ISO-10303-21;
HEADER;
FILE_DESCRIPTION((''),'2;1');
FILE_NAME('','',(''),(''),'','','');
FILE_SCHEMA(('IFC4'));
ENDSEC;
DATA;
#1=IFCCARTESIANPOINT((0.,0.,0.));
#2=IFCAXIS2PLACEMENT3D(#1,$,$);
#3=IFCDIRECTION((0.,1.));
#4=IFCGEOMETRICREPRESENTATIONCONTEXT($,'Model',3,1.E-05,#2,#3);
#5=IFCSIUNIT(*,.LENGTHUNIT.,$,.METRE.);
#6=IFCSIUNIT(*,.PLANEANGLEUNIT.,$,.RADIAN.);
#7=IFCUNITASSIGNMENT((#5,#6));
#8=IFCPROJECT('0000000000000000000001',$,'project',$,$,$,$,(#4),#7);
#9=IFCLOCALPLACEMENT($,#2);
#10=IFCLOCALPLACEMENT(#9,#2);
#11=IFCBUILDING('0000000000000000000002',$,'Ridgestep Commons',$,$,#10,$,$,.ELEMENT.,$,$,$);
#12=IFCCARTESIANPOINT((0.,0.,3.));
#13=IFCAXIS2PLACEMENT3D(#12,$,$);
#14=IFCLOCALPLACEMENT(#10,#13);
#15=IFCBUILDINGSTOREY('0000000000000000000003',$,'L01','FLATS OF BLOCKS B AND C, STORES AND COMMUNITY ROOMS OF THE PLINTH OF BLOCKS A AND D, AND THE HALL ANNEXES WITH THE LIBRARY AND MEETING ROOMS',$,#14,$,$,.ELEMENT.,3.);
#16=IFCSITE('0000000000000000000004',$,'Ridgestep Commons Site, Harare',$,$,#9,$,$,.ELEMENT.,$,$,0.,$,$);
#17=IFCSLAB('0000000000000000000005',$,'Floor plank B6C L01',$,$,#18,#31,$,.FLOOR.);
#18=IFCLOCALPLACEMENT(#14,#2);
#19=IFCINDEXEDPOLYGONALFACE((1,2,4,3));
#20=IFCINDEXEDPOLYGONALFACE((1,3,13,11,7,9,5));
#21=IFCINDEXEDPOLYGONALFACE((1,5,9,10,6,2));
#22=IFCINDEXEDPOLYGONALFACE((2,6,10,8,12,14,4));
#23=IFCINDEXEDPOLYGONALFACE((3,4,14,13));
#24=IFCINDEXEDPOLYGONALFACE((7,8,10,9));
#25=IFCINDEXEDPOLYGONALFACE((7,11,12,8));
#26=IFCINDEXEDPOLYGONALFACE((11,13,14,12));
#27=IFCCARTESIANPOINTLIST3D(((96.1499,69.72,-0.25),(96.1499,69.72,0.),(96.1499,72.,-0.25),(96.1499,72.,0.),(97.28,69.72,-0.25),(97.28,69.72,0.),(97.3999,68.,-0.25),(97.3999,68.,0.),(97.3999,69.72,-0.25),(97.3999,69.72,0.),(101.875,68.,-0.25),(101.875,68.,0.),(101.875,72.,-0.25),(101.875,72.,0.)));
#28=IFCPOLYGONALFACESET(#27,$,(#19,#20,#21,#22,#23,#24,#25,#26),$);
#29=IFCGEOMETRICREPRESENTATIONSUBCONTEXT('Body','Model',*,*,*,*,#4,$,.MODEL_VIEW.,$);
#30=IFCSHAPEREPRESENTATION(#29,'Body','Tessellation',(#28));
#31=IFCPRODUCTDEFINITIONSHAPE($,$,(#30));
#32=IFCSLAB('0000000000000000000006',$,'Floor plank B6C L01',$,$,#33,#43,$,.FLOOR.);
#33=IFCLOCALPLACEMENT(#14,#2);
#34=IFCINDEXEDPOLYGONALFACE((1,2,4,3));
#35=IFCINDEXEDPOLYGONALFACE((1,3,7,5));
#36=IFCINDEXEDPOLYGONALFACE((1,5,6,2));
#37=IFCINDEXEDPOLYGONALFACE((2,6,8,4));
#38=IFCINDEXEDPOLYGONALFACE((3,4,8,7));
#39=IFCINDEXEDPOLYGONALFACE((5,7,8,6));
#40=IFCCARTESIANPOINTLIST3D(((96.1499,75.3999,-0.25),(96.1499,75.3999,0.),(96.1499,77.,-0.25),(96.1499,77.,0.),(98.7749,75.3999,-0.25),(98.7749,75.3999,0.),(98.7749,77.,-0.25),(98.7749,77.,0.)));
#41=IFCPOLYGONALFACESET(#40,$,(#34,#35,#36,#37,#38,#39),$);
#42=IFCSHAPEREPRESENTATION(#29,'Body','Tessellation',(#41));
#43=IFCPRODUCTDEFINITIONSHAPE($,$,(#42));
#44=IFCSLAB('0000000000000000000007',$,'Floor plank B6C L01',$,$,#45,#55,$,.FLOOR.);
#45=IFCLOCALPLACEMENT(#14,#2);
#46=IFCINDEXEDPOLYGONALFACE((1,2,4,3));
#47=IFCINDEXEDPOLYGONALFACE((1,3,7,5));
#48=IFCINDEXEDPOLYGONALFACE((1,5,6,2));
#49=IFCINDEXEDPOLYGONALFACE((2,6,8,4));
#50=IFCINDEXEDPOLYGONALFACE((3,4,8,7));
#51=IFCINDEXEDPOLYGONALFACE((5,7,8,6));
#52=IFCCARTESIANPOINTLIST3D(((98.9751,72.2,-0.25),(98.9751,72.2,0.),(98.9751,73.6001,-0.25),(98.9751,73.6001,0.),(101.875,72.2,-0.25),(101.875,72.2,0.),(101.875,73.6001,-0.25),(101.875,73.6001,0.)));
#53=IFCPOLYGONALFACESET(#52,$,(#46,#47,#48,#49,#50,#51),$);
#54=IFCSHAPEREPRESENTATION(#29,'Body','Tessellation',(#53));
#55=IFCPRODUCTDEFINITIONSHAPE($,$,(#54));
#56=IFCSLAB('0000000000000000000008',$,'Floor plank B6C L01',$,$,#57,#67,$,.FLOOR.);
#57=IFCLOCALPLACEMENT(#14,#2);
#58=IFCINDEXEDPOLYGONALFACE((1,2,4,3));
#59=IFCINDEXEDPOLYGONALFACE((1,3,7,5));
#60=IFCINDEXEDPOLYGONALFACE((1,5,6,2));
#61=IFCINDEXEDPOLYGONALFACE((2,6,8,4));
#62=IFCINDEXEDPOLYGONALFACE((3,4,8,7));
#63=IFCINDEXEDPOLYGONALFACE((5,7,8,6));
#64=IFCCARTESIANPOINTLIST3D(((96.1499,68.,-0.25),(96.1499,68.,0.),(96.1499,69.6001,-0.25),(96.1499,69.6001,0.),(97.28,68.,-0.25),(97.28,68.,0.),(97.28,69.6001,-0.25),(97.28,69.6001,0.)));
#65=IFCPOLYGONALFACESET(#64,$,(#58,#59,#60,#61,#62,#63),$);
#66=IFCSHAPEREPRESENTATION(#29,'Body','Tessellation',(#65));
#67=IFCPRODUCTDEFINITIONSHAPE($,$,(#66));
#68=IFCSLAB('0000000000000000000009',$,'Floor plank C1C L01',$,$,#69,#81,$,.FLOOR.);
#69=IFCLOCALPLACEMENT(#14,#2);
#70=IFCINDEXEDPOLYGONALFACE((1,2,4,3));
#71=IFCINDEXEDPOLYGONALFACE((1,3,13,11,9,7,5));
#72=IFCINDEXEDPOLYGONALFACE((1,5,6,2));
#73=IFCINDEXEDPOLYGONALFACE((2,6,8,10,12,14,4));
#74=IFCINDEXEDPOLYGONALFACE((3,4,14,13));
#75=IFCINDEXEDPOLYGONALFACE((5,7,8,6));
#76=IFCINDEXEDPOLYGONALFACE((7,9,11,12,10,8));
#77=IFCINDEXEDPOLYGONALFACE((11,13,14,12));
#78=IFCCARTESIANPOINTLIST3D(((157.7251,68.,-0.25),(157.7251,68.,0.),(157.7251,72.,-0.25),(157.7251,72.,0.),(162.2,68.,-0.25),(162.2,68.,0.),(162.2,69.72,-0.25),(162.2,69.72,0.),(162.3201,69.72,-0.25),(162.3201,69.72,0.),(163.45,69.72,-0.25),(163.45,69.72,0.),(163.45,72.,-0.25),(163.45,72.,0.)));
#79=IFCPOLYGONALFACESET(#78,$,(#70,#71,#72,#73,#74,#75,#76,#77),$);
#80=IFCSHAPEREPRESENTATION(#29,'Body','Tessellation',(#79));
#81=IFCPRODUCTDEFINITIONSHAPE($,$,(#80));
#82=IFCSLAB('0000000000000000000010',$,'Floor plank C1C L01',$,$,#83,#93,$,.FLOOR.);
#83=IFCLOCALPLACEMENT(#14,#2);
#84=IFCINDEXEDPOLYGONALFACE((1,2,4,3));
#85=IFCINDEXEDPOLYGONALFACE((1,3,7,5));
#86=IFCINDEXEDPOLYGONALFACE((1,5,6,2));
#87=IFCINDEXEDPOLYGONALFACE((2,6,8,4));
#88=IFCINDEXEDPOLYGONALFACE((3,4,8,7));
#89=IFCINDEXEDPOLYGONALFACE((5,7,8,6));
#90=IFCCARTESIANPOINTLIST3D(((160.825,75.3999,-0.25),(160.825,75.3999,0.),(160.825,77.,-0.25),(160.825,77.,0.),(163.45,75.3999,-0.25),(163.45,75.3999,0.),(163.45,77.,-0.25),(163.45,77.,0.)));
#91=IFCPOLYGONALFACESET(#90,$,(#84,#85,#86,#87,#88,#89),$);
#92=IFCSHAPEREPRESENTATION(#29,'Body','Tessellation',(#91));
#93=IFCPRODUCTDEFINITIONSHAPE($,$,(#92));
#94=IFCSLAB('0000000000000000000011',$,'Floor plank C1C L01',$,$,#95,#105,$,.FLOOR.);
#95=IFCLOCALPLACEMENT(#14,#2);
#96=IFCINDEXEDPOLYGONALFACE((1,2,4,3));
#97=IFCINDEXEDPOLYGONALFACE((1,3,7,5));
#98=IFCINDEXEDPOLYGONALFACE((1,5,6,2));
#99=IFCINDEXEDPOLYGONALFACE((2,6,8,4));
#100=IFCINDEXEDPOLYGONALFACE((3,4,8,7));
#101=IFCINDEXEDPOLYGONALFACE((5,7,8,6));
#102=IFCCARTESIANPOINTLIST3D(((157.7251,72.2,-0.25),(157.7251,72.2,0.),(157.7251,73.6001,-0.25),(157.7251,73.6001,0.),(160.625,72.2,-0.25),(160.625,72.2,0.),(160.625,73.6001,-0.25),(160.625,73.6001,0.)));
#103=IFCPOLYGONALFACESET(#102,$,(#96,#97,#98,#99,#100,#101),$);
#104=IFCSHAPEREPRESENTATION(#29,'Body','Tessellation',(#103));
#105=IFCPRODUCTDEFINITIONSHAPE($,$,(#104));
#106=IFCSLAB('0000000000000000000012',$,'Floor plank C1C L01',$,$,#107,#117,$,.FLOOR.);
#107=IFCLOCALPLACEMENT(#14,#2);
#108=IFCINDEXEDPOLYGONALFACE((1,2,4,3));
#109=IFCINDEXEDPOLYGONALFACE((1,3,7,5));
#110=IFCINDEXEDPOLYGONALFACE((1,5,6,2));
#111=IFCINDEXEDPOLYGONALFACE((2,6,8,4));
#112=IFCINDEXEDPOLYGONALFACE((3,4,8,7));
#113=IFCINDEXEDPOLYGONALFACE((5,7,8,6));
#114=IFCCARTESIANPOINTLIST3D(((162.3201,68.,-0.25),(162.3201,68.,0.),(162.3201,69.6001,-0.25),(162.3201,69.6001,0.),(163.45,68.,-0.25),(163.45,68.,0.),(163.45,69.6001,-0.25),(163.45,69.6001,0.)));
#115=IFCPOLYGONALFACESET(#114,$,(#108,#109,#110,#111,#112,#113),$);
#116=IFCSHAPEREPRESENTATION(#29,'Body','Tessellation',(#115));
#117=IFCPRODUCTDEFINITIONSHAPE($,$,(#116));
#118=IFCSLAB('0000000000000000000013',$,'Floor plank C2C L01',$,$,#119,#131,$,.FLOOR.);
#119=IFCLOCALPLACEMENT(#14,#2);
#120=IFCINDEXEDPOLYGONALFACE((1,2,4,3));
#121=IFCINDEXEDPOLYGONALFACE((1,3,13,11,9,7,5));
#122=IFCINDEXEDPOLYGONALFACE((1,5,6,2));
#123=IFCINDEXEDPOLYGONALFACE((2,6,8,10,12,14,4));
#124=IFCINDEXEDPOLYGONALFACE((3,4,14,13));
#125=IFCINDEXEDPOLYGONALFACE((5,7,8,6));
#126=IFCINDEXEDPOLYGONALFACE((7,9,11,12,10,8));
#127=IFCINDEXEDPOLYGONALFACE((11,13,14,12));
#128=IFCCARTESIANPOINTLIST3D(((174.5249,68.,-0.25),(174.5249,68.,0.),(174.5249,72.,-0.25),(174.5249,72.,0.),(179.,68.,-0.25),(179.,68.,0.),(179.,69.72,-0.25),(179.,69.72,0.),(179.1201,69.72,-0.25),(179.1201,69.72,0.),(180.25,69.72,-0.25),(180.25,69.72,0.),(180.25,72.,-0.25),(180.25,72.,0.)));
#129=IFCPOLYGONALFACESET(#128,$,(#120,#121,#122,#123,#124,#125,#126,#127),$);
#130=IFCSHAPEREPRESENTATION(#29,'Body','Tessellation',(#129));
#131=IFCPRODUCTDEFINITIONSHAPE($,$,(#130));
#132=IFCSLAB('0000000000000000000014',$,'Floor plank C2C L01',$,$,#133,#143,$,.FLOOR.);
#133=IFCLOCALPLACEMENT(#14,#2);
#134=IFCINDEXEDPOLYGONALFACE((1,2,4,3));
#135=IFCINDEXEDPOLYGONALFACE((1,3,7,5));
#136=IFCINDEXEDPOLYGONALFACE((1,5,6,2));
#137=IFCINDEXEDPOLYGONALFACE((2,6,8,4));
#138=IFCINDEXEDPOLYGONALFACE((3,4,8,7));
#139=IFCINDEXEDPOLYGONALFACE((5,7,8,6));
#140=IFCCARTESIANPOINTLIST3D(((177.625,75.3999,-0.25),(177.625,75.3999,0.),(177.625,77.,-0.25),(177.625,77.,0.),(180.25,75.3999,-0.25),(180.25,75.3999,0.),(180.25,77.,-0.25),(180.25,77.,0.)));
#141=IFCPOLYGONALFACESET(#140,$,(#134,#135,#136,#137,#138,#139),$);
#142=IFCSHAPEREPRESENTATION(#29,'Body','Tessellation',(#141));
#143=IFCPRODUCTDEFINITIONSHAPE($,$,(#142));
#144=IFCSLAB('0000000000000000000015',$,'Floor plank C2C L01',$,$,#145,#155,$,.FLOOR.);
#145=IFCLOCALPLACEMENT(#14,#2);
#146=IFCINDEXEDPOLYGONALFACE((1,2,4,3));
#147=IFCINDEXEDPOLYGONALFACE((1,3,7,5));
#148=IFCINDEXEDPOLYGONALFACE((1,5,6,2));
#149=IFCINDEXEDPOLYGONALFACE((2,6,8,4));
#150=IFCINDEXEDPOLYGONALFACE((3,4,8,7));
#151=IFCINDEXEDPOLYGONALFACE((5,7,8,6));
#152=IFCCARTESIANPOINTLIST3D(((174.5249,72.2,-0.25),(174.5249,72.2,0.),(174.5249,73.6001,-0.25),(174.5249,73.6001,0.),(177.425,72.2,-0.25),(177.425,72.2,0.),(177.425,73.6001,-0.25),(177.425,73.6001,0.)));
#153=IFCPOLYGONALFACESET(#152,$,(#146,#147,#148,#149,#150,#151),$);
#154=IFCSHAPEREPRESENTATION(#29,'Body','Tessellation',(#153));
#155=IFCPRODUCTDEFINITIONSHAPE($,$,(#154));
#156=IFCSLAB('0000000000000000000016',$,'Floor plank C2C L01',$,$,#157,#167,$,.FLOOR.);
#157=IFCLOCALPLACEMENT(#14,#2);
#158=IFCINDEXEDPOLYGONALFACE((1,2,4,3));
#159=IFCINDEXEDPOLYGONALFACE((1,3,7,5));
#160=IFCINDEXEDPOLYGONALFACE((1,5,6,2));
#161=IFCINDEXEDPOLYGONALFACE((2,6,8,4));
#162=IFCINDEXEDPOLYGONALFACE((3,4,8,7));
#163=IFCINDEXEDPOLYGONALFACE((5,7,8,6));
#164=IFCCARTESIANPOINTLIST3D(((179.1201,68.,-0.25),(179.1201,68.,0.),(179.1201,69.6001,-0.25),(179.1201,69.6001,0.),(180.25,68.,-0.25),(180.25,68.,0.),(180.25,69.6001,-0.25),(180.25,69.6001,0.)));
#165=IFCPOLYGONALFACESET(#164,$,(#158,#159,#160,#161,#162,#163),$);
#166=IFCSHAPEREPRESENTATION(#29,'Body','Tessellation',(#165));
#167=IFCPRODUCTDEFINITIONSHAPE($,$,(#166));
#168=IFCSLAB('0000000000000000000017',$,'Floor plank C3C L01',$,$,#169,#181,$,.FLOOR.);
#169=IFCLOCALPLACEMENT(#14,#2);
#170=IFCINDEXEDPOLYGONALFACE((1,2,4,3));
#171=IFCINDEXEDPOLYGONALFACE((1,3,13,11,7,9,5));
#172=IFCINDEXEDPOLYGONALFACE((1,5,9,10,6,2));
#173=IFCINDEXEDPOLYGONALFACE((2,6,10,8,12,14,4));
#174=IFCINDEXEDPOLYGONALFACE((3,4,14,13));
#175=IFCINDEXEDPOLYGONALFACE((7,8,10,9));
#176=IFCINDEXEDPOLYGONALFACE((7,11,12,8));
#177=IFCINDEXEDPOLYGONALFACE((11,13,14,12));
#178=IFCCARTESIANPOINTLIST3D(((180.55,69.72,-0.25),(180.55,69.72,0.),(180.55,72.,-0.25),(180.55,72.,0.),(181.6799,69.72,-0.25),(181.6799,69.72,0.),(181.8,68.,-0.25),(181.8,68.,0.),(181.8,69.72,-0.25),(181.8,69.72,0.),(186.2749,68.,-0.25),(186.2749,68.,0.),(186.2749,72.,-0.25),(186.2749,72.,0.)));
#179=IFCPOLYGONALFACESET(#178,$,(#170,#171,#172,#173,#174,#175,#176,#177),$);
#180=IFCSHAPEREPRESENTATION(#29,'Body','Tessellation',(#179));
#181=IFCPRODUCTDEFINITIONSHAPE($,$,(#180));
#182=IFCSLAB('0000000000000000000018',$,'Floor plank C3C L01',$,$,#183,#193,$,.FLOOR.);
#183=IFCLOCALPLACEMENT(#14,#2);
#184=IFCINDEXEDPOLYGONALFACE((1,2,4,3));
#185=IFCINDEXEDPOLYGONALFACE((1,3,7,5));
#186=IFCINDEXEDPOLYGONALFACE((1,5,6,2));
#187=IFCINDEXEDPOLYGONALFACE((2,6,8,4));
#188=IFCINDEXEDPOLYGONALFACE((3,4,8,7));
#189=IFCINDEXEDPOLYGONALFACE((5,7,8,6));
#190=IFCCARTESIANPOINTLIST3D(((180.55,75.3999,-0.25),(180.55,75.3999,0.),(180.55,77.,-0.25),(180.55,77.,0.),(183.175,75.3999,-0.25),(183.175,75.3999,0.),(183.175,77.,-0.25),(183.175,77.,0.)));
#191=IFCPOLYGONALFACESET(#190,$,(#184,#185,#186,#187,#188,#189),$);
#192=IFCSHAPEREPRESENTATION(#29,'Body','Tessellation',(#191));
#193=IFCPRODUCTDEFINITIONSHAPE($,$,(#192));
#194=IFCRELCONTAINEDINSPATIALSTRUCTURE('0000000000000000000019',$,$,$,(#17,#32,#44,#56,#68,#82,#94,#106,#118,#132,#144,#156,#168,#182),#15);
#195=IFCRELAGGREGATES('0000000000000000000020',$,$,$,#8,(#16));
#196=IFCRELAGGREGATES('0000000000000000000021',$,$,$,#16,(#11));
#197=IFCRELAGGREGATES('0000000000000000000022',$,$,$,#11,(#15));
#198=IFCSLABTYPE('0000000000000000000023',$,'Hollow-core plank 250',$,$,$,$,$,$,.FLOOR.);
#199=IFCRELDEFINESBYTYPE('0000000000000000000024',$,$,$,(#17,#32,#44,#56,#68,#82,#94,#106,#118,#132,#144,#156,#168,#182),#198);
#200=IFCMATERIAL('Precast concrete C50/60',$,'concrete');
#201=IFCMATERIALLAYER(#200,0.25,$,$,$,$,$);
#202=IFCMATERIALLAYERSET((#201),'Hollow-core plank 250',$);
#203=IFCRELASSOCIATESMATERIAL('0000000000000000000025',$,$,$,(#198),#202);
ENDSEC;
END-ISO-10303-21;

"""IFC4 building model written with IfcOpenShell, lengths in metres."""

from ifc_helpers import new_model, si_unit, direction, frame, origin, place, context, subcontext, project, spatial, polyline, outline, extrude, material, layer, layer_set, type_object, element, save


model = new_model("IFC4")

# Units and contexts
model_context = context("Model", 3, precision=1e-05, world=origin(), true_north=direction((0.0, 1.0)))
body_context = subcontext(model_context, "Body", "Model", "MODEL_VIEW")
ifc_project = project(units=[si_unit("LENGTHUNIT", "METRE"), si_unit("PLANEANGLEUNIT", "RADIAN")], contexts=[model_context])

# Site, building, storey
site_placement = place(None, origin())
site = spatial("IfcSite", under=ifc_project, at=site_placement, Name="Ridgestep Commons Site, Harare", CompositionType="ELEMENT", RefElevation=0.0)
building_placement = place(site_placement, origin())
building = spatial("IfcBuilding", under=site, at=building_placement, Name="Ridgestep Commons", CompositionType="ELEMENT")
storey_placement = place(building_placement, frame((0.0, 0.0, 3.0)))
storey = spatial("IfcBuildingStorey", under=building, at=storey_placement, Name="L01", Description="FLATS OF BLOCKS B AND C, STORES AND COMMUNITY ROOMS OF THE PLINTH OF BLOCKS A AND D, AND THE HALL ANNEXES WITH THE LIBRARY AND MEETING ROOMS", CompositionType="ELEMENT", Elevation=3.0)

# Slabs
ifc_material = material(Name="Precast concrete C50/60", Category="concrete")
ifc_layer = layer(ifc_material, 0.25)
ifc_layer_set = layer_set([ifc_layer], Name="Hollow-core plank 250")
slab_type = type_object("IfcSlabType", Name="Hollow-core plank 250", PredefinedType="FLOOR", material=ifc_layer_set)
slab_1_placement = place(storey_placement, frame((0.0, 0.0, -0.25)))
element("IfcSlab", 1, at=slab_1_placement, inside=storey, type_object=slab_type, Name="Floor plank B6C L01", PredefinedType="FLOOR", context=body_context, shape_type="SweptSolid", body=[
    extrude(outline(polyline([(97.3999, 68.0), (101.875, 68.0), (101.875, 72.0), (96.1499, 72.0), (96.1499, 69.72), (97.28, 69.72), (97.3999, 69.72), (97.3999, 68.0)])), origin(), (0.0, 0.0, 1.0), 0.25),
])
slab_2_placement = place(storey_placement, frame((0.0, 0.0, -0.25)))
element("IfcSlab", 2, at=slab_2_placement, inside=storey, type_object=slab_type, Name="Floor plank B6C L01", PredefinedType="FLOOR", context=body_context, shape_type="SweptSolid", body=[
    extrude(outline(polyline([(98.7749, 77.0), (96.1499, 77.0), (96.1499, 75.3999), (98.7749, 75.3999), (98.7749, 77.0)])), origin(), (0.0, 0.0, 1.0), 0.25),
])
slab_3_placement = place(storey_placement, frame((0.0, 0.0, -0.25)))
element("IfcSlab", 3, at=slab_3_placement, inside=storey, type_object=slab_type, Name="Floor plank B6C L01", PredefinedType="FLOOR", context=body_context, shape_type="SweptSolid", body=[
    extrude(outline(polyline([(101.875, 72.2), (101.875, 73.6001), (98.9751, 73.6001), (98.9751, 72.2), (101.875, 72.2)])), origin(), (0.0, 0.0, 1.0), 0.25),
])
slab_4_placement = place(storey_placement, frame((0.0, 0.0, -0.25)))
element("IfcSlab", 4, at=slab_4_placement, inside=storey, type_object=slab_type, Name="Floor plank B6C L01", PredefinedType="FLOOR", context=body_context, shape_type="SweptSolid", body=[
    extrude(outline(polyline([(97.28, 69.6001), (96.1499, 69.6001), (96.1499, 68.0), (97.28, 68.0), (97.28, 69.6001)])), origin(), (0.0, 0.0, 1.0), 0.25),
])
slab_5_placement = place(storey_placement, frame((0.0, 0.0, -0.25)))
element("IfcSlab", 5, at=slab_5_placement, inside=storey, type_object=slab_type, Name="Floor plank C1C L01", PredefinedType="FLOOR", context=body_context, shape_type="SweptSolid", body=[
    extrude(outline(polyline([(162.3201, 69.72), (163.45, 69.72), (163.45, 72.0), (157.7251, 72.0), (157.7251, 68.0), (162.2, 68.0), (162.2, 69.72), (162.3201, 69.72)])), origin(), (0.0, 0.0, 1.0), 0.25),
])
slab_6_placement = place(storey_placement, frame((0.0, 0.0, -0.25)))
element("IfcSlab", 6, at=slab_6_placement, inside=storey, type_object=slab_type, Name="Floor plank C1C L01", PredefinedType="FLOOR", context=body_context, shape_type="SweptSolid", body=[
    extrude(outline(polyline([(163.45, 75.3999), (163.45, 77.0), (160.825, 77.0), (160.825, 75.3999), (163.45, 75.3999)])), origin(), (0.0, 0.0, 1.0), 0.25),
])
slab_7_placement = place(storey_placement, frame((0.0, 0.0, -0.25)))
element("IfcSlab", 7, at=slab_7_placement, inside=storey, type_object=slab_type, Name="Floor plank C1C L01", PredefinedType="FLOOR", context=body_context, shape_type="SweptSolid", body=[
    extrude(outline(polyline([(160.625, 72.2), (160.625, 73.6001), (157.7251, 73.6001), (157.7251, 72.2), (160.625, 72.2)])), origin(), (0.0, 0.0, 1.0), 0.25),
])
slab_8_placement = place(storey_placement, frame((0.0, 0.0, -0.25)))
element("IfcSlab", 8, at=slab_8_placement, inside=storey, type_object=slab_type, Name="Floor plank C1C L01", PredefinedType="FLOOR", context=body_context, shape_type="SweptSolid", body=[
    extrude(outline(polyline([(162.3201, 68.0), (163.45, 68.0), (163.45, 69.6001), (162.3201, 69.6001), (162.3201, 68.0)])), origin(), (0.0, 0.0, 1.0), 0.25),
])
slab_9_placement = place(storey_placement, frame((0.0, 0.0, -0.25)))
element("IfcSlab", 9, at=slab_9_placement, inside=storey, type_object=slab_type, Name="Floor plank C2C L01", PredefinedType="FLOOR", context=body_context, shape_type="SweptSolid", body=[
    extrude(outline(polyline([(179.1201, 69.72), (180.25, 69.72), (180.25, 72.0), (174.5249, 72.0), (174.5249, 68.0), (179.0, 68.0), (179.0, 69.72), (179.1201, 69.72)])), origin(), (0.0, 0.0, 1.0), 0.25),
])
slab_10_placement = place(storey_placement, frame((0.0, 0.0, -0.25)))
element("IfcSlab", 10, at=slab_10_placement, inside=storey, type_object=slab_type, Name="Floor plank C2C L01", PredefinedType="FLOOR", context=body_context, shape_type="SweptSolid", body=[
    extrude(outline(polyline([(180.25, 75.3999), (180.25, 77.0), (177.625, 77.0), (177.625, 75.3999), (180.25, 75.3999)])), origin(), (0.0, 0.0, 1.0), 0.25),
])
slab_11_placement = place(storey_placement, frame((0.0, 0.0, -0.25)))
element("IfcSlab", 11, at=slab_11_placement, inside=storey, type_object=slab_type, Name="Floor plank C2C L01", PredefinedType="FLOOR", context=body_context, shape_type="SweptSolid", body=[
    extrude(outline(polyline([(177.425, 72.2), (177.425, 73.6001), (174.5249, 73.6001), (174.5249, 72.2), (177.425, 72.2)])), origin(), (0.0, 0.0, 1.0), 0.25),
])
slab_12_placement = place(storey_placement, frame((0.0, 0.0, -0.25)))
element("IfcSlab", 12, at=slab_12_placement, inside=storey, type_object=slab_type, Name="Floor plank C2C L01", PredefinedType="FLOOR", context=body_context, shape_type="SweptSolid", body=[
    extrude(outline(polyline([(179.1201, 68.0), (180.25, 68.0), (180.25, 69.6001), (179.1201, 69.6001), (179.1201, 68.0)])), origin(), (0.0, 0.0, 1.0), 0.25),
])
slab_13_placement = place(storey_placement, frame((0.0, 0.0, -0.25)))
element("IfcSlab", 13, at=slab_13_placement, inside=storey, type_object=slab_type, Name="Floor plank C3C L01", PredefinedType="FLOOR", context=body_context, shape_type="SweptSolid", body=[
    extrude(outline(polyline([(181.8, 68.0), (186.2749, 68.0), (186.2749, 72.0), (180.55, 72.0), (180.55, 69.72), (181.6799, 69.72), (181.8, 69.72), (181.8, 68.0)])), origin(), (0.0, 0.0, 1.0), 0.25),
])
slab_14_placement = place(storey_placement, frame((0.0, 0.0, -0.25)))
element("IfcSlab", 14, at=slab_14_placement, inside=storey, type_object=slab_type, Name="Floor plank C3C L01", PredefinedType="FLOOR", context=body_context, shape_type="SweptSolid", body=[
    extrude(outline(polyline([(183.175, 77.0), (180.55, 77.0), (180.55, 75.3999), (183.175, 75.3999), (183.175, 77.0)])), origin(), (0.0, 0.0, 1.0), 0.25),
])

save(model, "model.ifc")
